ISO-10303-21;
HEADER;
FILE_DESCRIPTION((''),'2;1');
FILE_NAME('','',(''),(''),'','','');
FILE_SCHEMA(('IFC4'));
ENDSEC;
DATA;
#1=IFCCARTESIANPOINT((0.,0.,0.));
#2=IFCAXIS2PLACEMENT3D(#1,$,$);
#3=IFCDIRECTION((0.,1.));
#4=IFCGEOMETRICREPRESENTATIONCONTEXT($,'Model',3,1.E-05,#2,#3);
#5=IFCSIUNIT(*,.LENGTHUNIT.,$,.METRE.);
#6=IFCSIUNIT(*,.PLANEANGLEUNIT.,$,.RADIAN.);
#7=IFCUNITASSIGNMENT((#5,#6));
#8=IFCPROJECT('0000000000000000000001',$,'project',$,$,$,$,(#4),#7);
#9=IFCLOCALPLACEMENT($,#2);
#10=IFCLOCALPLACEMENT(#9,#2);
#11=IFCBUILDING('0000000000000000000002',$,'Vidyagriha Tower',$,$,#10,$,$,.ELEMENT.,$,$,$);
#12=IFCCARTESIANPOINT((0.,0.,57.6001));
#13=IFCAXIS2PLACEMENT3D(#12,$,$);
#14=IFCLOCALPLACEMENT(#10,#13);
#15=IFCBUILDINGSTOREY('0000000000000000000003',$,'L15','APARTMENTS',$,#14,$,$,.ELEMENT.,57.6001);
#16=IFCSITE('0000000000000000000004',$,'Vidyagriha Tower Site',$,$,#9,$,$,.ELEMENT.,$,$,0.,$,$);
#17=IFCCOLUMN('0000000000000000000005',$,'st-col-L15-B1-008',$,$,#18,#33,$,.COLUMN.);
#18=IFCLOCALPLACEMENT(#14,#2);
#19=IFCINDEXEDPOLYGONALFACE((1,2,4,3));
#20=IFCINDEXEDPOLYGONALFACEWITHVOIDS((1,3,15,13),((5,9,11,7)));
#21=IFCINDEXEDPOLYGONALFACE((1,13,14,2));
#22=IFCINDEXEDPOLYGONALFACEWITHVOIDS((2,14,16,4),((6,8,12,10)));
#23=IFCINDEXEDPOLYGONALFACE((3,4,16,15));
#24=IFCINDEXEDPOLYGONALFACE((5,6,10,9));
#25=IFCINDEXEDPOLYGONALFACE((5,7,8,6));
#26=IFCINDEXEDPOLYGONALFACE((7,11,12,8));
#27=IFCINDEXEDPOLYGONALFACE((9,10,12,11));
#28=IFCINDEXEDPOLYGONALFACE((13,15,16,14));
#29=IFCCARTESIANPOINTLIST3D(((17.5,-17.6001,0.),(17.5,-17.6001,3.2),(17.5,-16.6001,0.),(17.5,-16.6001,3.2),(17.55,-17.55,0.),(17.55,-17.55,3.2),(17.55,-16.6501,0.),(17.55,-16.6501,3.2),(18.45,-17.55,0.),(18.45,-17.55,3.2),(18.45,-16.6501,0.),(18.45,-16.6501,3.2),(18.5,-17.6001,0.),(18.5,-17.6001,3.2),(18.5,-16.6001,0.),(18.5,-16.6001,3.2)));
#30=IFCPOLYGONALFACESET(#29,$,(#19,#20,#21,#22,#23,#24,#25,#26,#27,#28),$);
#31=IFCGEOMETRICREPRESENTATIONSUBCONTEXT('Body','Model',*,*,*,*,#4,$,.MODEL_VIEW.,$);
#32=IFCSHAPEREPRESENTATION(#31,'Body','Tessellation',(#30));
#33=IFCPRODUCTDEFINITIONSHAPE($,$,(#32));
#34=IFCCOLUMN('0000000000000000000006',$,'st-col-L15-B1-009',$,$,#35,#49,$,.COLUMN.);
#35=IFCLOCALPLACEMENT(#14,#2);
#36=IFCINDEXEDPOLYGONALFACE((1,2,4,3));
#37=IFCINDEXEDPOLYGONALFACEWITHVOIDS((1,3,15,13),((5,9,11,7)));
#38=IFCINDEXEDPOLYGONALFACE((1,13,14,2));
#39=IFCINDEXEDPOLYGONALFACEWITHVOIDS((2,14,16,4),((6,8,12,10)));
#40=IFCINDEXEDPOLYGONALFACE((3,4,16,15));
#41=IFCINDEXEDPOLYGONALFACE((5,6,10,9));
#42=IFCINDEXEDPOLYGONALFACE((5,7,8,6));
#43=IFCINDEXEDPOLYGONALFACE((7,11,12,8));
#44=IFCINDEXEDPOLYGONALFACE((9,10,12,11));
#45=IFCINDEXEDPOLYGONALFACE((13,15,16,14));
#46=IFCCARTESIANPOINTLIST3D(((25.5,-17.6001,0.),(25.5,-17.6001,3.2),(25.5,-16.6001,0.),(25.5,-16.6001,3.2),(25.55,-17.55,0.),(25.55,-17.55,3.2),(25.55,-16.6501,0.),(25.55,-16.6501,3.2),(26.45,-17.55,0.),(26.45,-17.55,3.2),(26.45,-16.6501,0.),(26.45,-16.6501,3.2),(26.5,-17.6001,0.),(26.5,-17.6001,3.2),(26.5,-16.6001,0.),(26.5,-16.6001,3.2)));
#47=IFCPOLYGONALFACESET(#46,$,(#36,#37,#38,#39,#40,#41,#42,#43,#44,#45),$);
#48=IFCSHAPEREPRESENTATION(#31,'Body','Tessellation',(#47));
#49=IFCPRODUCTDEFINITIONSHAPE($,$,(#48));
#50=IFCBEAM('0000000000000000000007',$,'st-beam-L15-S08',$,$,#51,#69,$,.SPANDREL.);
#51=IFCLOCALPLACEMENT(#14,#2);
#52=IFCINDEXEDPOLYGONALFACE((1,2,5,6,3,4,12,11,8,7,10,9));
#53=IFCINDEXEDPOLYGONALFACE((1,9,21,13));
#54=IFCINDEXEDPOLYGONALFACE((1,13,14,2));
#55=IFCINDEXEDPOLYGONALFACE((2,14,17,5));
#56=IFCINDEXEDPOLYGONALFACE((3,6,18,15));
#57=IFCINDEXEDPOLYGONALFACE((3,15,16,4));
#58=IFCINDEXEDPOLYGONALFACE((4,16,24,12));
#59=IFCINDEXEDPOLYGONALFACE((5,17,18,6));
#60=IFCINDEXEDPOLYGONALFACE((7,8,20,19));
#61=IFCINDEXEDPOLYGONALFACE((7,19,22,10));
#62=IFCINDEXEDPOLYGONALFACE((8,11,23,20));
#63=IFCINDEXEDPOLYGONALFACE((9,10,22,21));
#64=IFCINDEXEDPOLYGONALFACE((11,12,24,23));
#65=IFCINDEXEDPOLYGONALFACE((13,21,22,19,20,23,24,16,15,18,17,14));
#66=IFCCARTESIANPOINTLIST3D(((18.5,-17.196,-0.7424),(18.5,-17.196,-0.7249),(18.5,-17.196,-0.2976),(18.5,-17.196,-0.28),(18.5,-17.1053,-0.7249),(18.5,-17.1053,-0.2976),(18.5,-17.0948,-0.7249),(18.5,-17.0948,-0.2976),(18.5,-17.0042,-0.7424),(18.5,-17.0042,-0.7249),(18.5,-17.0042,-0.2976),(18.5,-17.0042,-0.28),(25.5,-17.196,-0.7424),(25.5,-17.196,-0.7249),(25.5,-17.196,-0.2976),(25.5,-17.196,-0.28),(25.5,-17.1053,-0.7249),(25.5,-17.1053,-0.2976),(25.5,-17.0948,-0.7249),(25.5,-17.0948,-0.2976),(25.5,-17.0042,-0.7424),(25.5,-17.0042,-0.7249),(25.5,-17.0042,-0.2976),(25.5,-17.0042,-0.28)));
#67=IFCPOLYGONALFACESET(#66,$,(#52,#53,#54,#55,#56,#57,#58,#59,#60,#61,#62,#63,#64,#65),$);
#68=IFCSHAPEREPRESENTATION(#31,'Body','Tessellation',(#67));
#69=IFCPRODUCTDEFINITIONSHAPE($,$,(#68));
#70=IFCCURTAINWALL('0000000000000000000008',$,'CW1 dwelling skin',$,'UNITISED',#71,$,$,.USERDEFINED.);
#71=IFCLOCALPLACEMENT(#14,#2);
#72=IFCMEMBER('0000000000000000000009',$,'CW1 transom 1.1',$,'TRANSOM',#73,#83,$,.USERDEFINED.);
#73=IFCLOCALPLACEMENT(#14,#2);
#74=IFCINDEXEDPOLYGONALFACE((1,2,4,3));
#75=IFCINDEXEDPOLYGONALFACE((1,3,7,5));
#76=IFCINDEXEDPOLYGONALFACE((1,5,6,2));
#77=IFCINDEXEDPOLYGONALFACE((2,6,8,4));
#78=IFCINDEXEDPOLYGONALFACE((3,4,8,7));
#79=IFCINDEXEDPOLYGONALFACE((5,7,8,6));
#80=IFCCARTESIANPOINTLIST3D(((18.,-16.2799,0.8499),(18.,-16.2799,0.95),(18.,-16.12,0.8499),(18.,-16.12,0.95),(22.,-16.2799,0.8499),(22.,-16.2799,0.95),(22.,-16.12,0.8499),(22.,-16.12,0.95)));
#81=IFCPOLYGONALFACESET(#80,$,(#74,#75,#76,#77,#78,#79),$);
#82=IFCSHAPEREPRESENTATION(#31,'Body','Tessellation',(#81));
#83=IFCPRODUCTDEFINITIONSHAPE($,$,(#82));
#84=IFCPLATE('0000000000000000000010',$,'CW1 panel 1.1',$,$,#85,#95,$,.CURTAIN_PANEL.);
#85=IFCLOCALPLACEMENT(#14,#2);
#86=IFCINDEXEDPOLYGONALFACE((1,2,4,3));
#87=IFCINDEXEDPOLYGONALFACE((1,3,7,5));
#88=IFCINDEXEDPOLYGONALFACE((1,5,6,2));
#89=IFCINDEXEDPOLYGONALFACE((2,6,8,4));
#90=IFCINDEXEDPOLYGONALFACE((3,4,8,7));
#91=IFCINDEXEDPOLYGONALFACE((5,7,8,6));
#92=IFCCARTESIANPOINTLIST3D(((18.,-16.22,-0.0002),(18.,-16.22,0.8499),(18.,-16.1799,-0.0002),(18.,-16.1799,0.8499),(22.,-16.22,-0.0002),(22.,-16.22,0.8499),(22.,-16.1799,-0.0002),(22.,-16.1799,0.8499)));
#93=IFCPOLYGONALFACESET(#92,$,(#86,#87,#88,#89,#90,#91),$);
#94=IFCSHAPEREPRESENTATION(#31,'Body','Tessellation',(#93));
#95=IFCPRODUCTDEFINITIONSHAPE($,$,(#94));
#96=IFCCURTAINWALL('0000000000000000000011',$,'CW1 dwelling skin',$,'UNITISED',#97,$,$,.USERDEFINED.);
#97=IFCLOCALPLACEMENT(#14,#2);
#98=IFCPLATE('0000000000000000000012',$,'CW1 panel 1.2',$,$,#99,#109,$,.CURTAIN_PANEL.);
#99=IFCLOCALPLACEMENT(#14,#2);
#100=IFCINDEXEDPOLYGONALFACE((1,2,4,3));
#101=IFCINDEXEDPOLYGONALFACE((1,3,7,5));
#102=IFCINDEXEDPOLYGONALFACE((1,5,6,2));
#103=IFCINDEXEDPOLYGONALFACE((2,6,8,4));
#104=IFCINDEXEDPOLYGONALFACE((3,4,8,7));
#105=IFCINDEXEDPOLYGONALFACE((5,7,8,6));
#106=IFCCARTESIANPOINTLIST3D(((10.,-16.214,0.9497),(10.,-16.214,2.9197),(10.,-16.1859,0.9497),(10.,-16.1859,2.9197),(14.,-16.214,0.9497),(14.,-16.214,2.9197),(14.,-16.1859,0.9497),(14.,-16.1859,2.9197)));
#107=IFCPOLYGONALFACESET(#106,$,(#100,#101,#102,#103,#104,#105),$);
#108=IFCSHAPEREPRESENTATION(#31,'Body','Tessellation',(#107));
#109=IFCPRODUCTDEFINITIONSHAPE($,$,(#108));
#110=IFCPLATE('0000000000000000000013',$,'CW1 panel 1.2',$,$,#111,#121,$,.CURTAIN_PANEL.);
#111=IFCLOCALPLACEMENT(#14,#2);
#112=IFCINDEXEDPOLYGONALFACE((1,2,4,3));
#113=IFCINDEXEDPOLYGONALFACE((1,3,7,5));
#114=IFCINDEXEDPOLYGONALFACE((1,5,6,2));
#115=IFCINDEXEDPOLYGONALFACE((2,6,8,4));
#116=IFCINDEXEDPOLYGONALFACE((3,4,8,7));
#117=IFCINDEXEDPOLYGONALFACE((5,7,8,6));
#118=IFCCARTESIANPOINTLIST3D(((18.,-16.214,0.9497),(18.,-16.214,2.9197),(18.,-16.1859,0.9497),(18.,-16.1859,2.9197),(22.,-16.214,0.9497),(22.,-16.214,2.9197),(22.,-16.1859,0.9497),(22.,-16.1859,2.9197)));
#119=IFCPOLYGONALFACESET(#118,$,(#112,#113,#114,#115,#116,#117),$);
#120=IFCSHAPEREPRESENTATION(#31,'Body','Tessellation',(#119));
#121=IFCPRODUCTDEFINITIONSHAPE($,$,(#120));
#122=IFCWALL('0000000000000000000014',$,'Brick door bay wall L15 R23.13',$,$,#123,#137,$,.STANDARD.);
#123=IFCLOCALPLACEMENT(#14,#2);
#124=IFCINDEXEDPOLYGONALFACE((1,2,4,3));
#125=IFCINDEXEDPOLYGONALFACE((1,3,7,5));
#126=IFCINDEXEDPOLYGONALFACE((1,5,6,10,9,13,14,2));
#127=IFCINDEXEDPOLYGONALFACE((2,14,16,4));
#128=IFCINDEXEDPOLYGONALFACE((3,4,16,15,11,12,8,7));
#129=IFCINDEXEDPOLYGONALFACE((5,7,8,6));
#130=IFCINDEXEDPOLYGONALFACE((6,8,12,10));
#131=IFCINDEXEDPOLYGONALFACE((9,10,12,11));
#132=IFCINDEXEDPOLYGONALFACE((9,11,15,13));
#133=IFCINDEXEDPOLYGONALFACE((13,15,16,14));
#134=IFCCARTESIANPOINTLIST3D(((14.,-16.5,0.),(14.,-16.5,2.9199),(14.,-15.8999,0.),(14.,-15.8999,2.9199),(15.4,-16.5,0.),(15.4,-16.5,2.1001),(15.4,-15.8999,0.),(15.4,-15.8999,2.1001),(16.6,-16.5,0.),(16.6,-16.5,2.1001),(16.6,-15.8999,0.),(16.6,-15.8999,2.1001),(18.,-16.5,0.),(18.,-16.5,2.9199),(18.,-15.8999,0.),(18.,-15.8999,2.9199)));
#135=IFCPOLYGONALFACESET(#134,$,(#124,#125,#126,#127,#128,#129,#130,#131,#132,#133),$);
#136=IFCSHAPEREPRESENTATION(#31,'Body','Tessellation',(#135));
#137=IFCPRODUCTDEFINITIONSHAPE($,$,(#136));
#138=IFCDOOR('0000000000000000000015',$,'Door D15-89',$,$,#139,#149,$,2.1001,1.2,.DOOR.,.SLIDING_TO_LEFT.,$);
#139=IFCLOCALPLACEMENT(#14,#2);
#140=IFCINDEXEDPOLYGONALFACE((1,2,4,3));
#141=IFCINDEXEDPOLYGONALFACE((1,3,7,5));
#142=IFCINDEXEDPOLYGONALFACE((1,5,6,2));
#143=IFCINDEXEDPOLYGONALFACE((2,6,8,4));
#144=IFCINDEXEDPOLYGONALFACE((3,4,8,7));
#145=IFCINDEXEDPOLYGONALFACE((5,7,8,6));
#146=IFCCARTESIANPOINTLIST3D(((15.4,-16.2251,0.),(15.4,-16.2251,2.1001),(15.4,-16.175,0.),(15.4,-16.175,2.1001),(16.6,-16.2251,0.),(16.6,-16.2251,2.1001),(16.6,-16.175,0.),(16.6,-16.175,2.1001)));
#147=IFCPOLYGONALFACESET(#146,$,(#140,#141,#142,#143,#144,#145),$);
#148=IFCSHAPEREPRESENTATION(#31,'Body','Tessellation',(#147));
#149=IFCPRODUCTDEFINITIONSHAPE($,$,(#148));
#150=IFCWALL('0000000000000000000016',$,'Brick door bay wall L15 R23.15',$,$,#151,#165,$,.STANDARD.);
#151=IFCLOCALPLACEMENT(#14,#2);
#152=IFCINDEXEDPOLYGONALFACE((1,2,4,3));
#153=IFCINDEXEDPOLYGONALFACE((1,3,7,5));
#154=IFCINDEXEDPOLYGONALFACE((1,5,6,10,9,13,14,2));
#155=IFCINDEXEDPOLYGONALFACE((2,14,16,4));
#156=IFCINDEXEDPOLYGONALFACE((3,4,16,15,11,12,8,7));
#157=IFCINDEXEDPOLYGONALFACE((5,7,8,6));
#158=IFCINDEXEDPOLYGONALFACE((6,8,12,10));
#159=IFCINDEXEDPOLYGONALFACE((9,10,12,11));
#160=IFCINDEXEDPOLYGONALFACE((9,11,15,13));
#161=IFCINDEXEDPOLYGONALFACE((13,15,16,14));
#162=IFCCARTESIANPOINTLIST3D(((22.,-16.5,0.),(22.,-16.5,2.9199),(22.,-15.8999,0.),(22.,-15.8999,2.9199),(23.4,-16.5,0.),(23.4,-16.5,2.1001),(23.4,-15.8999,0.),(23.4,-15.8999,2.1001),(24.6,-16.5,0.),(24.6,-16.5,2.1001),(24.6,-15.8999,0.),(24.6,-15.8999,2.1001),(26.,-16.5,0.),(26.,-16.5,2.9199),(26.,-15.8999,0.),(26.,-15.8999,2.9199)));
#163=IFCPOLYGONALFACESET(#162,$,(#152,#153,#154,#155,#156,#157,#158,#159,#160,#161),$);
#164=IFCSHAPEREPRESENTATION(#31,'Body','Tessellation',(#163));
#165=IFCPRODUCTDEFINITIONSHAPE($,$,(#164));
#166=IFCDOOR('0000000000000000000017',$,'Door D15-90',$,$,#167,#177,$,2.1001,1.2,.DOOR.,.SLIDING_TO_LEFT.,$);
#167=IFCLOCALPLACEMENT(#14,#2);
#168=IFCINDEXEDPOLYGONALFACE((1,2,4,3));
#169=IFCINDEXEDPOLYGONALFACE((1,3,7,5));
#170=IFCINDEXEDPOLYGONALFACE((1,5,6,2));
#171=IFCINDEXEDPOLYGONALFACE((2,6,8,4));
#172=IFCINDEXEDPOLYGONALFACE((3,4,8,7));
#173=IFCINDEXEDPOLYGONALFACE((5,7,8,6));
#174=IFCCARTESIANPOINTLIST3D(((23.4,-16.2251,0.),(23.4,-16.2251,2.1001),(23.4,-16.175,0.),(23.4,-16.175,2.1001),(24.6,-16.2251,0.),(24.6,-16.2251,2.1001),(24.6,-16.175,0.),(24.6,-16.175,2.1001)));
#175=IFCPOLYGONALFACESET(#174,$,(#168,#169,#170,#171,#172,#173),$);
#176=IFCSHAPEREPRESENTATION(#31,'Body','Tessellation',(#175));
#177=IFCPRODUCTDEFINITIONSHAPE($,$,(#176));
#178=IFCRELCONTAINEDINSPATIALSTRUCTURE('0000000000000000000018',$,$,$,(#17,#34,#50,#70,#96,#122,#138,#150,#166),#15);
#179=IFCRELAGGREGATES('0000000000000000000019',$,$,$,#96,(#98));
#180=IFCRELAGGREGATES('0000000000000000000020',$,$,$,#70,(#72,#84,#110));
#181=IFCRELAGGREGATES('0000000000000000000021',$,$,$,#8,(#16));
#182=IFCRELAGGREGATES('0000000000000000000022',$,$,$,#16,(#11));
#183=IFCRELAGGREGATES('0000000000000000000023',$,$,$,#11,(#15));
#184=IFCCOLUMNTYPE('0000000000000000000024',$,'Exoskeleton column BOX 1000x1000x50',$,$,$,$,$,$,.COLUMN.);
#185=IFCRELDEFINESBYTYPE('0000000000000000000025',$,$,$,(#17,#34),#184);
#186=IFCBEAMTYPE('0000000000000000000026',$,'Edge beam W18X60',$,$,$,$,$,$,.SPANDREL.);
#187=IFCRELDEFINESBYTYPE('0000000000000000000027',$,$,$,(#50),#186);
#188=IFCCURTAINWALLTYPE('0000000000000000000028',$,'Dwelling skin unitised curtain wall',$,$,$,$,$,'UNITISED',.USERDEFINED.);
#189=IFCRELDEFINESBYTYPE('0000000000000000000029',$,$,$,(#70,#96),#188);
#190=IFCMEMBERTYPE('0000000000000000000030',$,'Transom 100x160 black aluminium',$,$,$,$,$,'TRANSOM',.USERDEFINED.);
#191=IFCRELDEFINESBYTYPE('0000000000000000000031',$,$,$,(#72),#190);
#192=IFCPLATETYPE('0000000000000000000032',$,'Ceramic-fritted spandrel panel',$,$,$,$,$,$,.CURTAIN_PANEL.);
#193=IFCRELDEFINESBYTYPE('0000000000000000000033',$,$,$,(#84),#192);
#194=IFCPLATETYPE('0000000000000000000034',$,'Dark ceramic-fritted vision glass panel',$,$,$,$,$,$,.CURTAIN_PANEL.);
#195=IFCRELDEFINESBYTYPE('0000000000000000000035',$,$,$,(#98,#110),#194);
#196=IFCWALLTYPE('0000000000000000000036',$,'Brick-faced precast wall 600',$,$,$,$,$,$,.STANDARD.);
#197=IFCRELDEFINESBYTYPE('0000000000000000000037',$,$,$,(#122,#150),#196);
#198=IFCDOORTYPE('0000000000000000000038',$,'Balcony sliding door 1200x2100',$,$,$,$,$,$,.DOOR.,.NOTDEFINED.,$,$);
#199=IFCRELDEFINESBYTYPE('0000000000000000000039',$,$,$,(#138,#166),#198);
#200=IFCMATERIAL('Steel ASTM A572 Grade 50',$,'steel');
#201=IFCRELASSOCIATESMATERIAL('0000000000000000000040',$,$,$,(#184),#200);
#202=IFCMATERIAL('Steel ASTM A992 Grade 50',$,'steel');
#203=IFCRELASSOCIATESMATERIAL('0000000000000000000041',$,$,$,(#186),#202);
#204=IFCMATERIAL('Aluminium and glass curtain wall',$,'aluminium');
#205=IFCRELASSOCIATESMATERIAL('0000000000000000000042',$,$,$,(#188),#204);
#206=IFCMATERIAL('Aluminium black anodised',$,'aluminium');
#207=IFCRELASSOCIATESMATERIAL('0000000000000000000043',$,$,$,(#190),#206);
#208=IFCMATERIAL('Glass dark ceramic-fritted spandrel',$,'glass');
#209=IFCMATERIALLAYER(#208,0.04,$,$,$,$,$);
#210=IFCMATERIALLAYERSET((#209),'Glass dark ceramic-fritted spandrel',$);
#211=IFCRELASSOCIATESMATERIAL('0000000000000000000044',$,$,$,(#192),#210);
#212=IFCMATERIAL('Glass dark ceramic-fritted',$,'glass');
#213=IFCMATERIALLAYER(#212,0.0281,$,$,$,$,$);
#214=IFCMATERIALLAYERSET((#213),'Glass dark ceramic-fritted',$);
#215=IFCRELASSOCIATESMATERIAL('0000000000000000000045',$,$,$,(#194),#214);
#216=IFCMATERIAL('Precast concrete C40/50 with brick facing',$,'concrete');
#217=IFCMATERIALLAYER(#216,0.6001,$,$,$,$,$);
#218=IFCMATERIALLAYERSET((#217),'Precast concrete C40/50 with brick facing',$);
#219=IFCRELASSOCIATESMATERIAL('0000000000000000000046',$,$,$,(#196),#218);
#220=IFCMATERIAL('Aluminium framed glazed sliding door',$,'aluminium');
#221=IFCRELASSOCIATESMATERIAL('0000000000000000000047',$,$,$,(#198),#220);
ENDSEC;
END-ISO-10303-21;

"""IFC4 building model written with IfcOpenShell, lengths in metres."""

from ifc_helpers import new_model, si_unit, direction, frame, frame_2d, origin, origin_2d, place, context, subcontext, project, spatial, rectangle, hollow_rectangle, i_section, extrude, material, layer, layer_set, material_profile, profile_set, type_object, element, fill, aggregate, save


model = new_model("IFC4")

# Units and contexts
model_context = context("Model", 3, precision=1e-05, world=origin(), true_north=direction((0.0, 1.0)))
body_context = subcontext(model_context, "Body", "Model", "MODEL_VIEW")
ifc_project = project(units=[si_unit("LENGTHUNIT", "METRE"), si_unit("PLANEANGLEUNIT", "RADIAN")], contexts=[model_context])

# Site, building, storey
site_placement = place(None, origin())
site = spatial("IfcSite", under=ifc_project, at=site_placement, Name="Vidyagriha Tower Site", CompositionType="ELEMENT", RefElevation=0.0)
building_placement = place(site_placement, origin())
building = spatial("IfcBuilding", under=site, at=building_placement, Name="Vidyagriha Tower", CompositionType="ELEMENT")
storey_placement = place(building_placement, frame((0.0, 0.0, 57.6001)))
storey = spatial("IfcBuildingStorey", under=building, at=storey_placement, Name="L15", Description="APARTMENTS", CompositionType="ELEMENT", Elevation=57.6001)

# Columns
ifc_material_1 = material(Name="Steel ASTM A572 Grade 50", Category="steel")
ifc_material_profile_1 = material_profile(ifc_material_1, hollow_rectangle(XDim=1.0, YDim=1.0, WallThickness=0.05, at=origin_2d()), Name="BOX 1000x1000x50")
ifc_profile_set_1 = profile_set([ifc_material_profile_1], Name="Steel ASTM A572 Grade 50")
column_type = type_object("IfcColumnType", Name="Exoskeleton column BOX 1000x1000x50", PredefinedType="COLUMN", material=ifc_profile_set_1)
for number, where, name in (
    (1, (18.0, -17.1001, 0.0), "st-col-L15-B1-008"),
    (2, (26.0, -17.1001, 0.0), "st-col-L15-B1-009"),
):
    element("IfcColumn", number, at=place(storey_placement, frame(where)), inside=storey, type_object=column_type, Name=name, PredefinedType="COLUMN", context=body_context, shape_type="SweptSolid", body=[
        extrude(hollow_rectangle(XDim=1.0, YDim=1.0, WallThickness=0.05, at=origin_2d()), origin(), (0.0, 0.0, 1.0), 3.2),
    ])

# Beam
ifc_material_2 = material(Name="Steel ASTM A992 Grade 50", Category="steel")
ifc_material_profile_2 = material_profile(ifc_material_2, i_section(OverallWidth=0.1919, OverallDepth=0.4624, WebThickness=0.0105, FlangeThickness=0.0176, at=origin_2d()), Name="W18X60")
ifc_profile_set_2 = profile_set([ifc_material_profile_2], Name="Steel ASTM A992 Grade 50")
beam_type = type_object("IfcBeamType", Name="Edge beam W18X60", PredefinedType="SPANDREL", material=ifc_profile_set_2)
beam_placement = place(storey_placement, frame((18.5, -17.1001, -0.5112), z_axis=(1.0, 0.0, 0.0), x_axis=(0.0, 1.0, 0.0)))
element("IfcBeam", 3, at=beam_placement, inside=storey, type_object=beam_type, Name="st-beam-L15-S08", PredefinedType="SPANDREL", context=body_context, shape_type="SweptSolid", body=[
    extrude(i_section(OverallWidth=0.1919, OverallDepth=0.4624, WebThickness=0.0105, FlangeThickness=0.0176, at=origin_2d()), origin(), (0.0, 0.0, 1.0), 7.0),
])

# Curtain wall, member, plate
ifc_material_3 = material(Name="Aluminium and glass curtain wall", Category="aluminium")
curtain_wall_type = type_object("IfcCurtainWallType", Name="Dwelling skin unitised curtain wall", ElementType="UNITISED", PredefinedType="USERDEFINED", material=ifc_material_3)
curtain_wall_1_placement = place(storey_placement, origin())
curtain_wall_1 = element("IfcCurtainWall", 4, at=curtain_wall_1_placement, inside=storey, type_object=curtain_wall_type, Name="CW1 dwelling skin", ObjectType="UNITISED", PredefinedType="USERDEFINED")
ifc_material_4 = material(Name="Aluminium black anodised", Category="aluminium")
ifc_material_profile_3 = material_profile(ifc_material_4, rectangle(XDim=0.1599, YDim=0.1001, at=origin_2d()), Name="Transom 100x160 black aluminium")
ifc_profile_set_3 = profile_set([ifc_material_profile_3], Name="Aluminium black anodised")
member_type = type_object("IfcMemberType", Name="Transom 100x160 black aluminium", ElementType="TRANSOM", PredefinedType="USERDEFINED", material=ifc_profile_set_3)
member_placement = place(storey_placement, frame((18.0, -16.2, 0.8999), z_axis=(1.0, 0.0, 0.0), x_axis=(0.0, 1.0, 0.0)))
member = element("IfcMember", 5, at=member_placement, type_object=member_type, Name="CW1 transom 1.1", ObjectType="TRANSOM", PredefinedType="USERDEFINED", context=body_context, shape_type="SweptSolid", body=[
    extrude(rectangle(XDim=0.1599, YDim=0.1001, at=origin_2d()), origin(), (0.0, 0.0, 1.0), 4.0),
])
ifc_material_5 = material(Name="Glass dark ceramic-fritted spandrel", Category="glass")
ifc_layer_1 = layer(ifc_material_5, 0.04)
ifc_layer_set_1 = layer_set([ifc_layer_1], Name="Glass dark ceramic-fritted spandrel")
plate_type_1 = type_object("IfcPlateType", Name="Ceramic-fritted spandrel panel", PredefinedType="CURTAIN_PANEL", material=ifc_layer_set_1)
plate_1_placement = place(storey_placement, frame((20.0, -16.2, -0.0002)))
plate_1 = element("IfcPlate", 6, at=plate_1_placement, type_object=plate_type_1, Name="CW1 panel 1.1", PredefinedType="CURTAIN_PANEL", context=body_context, shape_type="SweptSolid", body=[
    extrude(rectangle(XDim=4.0, YDim=0.04, at=origin_2d()), origin(), (0.0, 0.0, 1.0), 0.8501),
])

# Curtain wall, plate
curtain_wall_2_placement = place(storey_placement, origin())
curtain_wall_2 = element("IfcCurtainWall", 7, at=curtain_wall_2_placement, inside=storey, type_object=curtain_wall_type, Name="CW1 dwelling skin", ObjectType="UNITISED", PredefinedType="USERDEFINED")
ifc_material_6 = material(Name="Glass dark ceramic-fritted", Category="glass")
ifc_layer_2 = layer(ifc_material_6, 0.0281)
ifc_layer_set_2 = layer_set([ifc_layer_2], Name="Glass dark ceramic-fritted")
plate_type_2 = type_object("IfcPlateType", Name="Dark ceramic-fritted vision glass panel", PredefinedType="CURTAIN_PANEL", material=ifc_layer_set_2)
plate_2_placement = place(storey_placement, frame((12.0, -16.2, 0.9497)))
plate_2 = element("IfcPlate", 8, at=plate_2_placement, type_object=plate_type_2, Name="CW1 panel 1.2", PredefinedType="CURTAIN_PANEL", context=body_context, shape_type="SweptSolid", body=[
    extrude(rectangle(XDim=4.0, YDim=0.0281, at=origin_2d()), origin(), (0.0, 0.0, 1.0), 1.97),
])
aggregate(curtain_wall_2, [plate_2])

# Plate
plate_3_placement = place(storey_placement, frame((20.0, -16.2, 0.9497)))
plate_3 = element("IfcPlate", 9, at=plate_3_placement, type_object=plate_type_2, Name="CW1 panel 1.2", PredefinedType="CURTAIN_PANEL", context=body_context, shape_type="SweptSolid", body=[
    extrude(rectangle(XDim=4.0, YDim=0.0281, at=origin_2d()), origin(), (0.0, 0.0, 1.0), 1.97),
])
aggregate(curtain_wall_1, [member, plate_1, plate_3])

# Walls, openings, doors
ifc_material_7 = material(Name="Precast concrete C40/50 with brick facing", Category="concrete")
ifc_layer_3 = layer(ifc_material_7, 0.6001)
ifc_layer_set_3 = layer_set([ifc_layer_3], Name="Precast concrete C40/50 with brick facing")
wall_type = type_object("IfcWallType", Name="Brick-faced precast wall 600", PredefinedType="STANDARD", material=ifc_layer_set_3)
wall_1_placement = place(storey_placement, frame((14.0, -16.2, 0.0)))
wall_1 = element("IfcWall", 10, at=wall_1_placement, inside=storey, type_object=wall_type, Name="Brick door bay wall L15 R23.13", PredefinedType="STANDARD", context=body_context, shape_type="SweptSolid", body=[
    extrude(rectangle(XDim=4.0, YDim=0.6001, at=frame_2d((2.0, 0.0))), origin(), (0.0, 0.0, 1.0), 2.9199),
])
opening_1_placement = place(wall_1_placement, frame((1.3999, 0.0, 0.0)))
opening_1 = element("IfcOpeningElement", 11, at=opening_1_placement, cuts=wall_1, PredefinedType="OPENING", context=body_context, shape_type="SweptSolid", body=[
    extrude(rectangle(XDim=1.2, YDim=2.1001, at=frame_2d((0.6001, 1.05))), frame((0.0, 0.3101, 0.0), z_axis=(0.0, -1.0, 0.0), x_axis=(1.0, 0.0, 0.0)), (0.0, 0.0, 1.0), 0.6201),
])
ifc_material_8 = material(Name="Aluminium framed glazed sliding door", Category="aluminium")
door_type = type_object("IfcDoorType", Name="Balcony sliding door 1200x2100", OperationType="NOTDEFINED", PredefinedType="DOOR", material=ifc_material_8)
door_1_placement = place(opening_1_placement, origin())
door_1 = element("IfcDoor", 12, at=door_1_placement, inside=storey, type_object=door_type, Name="Door D15-89", OperationType="SLIDING_TO_LEFT", OverallHeight=2.1001, OverallWidth=1.2, PredefinedType="DOOR", context=body_context, shape_type="SweptSolid", body=[
    extrude(rectangle(XDim=1.2, YDim=2.1001, at=frame_2d((0.6001, 1.05))), frame((0.0, 0.0249, 0.0), z_axis=(0.0, -1.0, 0.0), x_axis=(1.0, 0.0, 0.0)), (0.0, 0.0, 1.0), 0.05),
])
fill(opening_1, door_1)
wall_2_placement = place(storey_placement, frame((22.0, -16.2, 0.0)))
wall_2 = element("IfcWall", 13, at=wall_2_placement, inside=storey, type_object=wall_type, Name="Brick door bay wall L15 R23.15", PredefinedType="STANDARD", context=body_context, shape_type="SweptSolid", body=[
    extrude(rectangle(XDim=4.0, YDim=0.6001, at=frame_2d((2.0, 0.0))), origin(), (0.0, 0.0, 1.0), 2.9199),
])
opening_2_placement = place(wall_2_placement, frame((1.3999, 0.0, 0.0)))
opening_2 = element("IfcOpeningElement", 14, at=opening_2_placement, cuts=wall_2, PredefinedType="OPENING", context=body_context, shape_type="SweptSolid", body=[
    extrude(rectangle(XDim=1.2, YDim=2.1001, at=frame_2d((0.6001, 1.05))), frame((0.0, 0.3101, 0.0), z_axis=(0.0, -1.0, 0.0), x_axis=(1.0, 0.0, 0.0)), (0.0, 0.0, 1.0), 0.6201),
])
door_2_placement = place(opening_2_placement, origin())
door_2 = element("IfcDoor", 15, at=door_2_placement, inside=storey, type_object=door_type, Name="Door D15-90", OperationType="SLIDING_TO_LEFT", OverallHeight=2.1001, OverallWidth=1.2, PredefinedType="DOOR", context=body_context, shape_type="SweptSolid", body=[
    extrude(rectangle(XDim=1.2, YDim=2.1001, at=frame_2d((0.6001, 1.05))), frame((0.0, 0.0249, 0.0), z_axis=(0.0, -1.0, 0.0), x_axis=(1.0, 0.0, 0.0)), (0.0, 0.0, 1.0), 0.05),
])
fill(opening_2, door_2)

save(model, "model.ifc")
